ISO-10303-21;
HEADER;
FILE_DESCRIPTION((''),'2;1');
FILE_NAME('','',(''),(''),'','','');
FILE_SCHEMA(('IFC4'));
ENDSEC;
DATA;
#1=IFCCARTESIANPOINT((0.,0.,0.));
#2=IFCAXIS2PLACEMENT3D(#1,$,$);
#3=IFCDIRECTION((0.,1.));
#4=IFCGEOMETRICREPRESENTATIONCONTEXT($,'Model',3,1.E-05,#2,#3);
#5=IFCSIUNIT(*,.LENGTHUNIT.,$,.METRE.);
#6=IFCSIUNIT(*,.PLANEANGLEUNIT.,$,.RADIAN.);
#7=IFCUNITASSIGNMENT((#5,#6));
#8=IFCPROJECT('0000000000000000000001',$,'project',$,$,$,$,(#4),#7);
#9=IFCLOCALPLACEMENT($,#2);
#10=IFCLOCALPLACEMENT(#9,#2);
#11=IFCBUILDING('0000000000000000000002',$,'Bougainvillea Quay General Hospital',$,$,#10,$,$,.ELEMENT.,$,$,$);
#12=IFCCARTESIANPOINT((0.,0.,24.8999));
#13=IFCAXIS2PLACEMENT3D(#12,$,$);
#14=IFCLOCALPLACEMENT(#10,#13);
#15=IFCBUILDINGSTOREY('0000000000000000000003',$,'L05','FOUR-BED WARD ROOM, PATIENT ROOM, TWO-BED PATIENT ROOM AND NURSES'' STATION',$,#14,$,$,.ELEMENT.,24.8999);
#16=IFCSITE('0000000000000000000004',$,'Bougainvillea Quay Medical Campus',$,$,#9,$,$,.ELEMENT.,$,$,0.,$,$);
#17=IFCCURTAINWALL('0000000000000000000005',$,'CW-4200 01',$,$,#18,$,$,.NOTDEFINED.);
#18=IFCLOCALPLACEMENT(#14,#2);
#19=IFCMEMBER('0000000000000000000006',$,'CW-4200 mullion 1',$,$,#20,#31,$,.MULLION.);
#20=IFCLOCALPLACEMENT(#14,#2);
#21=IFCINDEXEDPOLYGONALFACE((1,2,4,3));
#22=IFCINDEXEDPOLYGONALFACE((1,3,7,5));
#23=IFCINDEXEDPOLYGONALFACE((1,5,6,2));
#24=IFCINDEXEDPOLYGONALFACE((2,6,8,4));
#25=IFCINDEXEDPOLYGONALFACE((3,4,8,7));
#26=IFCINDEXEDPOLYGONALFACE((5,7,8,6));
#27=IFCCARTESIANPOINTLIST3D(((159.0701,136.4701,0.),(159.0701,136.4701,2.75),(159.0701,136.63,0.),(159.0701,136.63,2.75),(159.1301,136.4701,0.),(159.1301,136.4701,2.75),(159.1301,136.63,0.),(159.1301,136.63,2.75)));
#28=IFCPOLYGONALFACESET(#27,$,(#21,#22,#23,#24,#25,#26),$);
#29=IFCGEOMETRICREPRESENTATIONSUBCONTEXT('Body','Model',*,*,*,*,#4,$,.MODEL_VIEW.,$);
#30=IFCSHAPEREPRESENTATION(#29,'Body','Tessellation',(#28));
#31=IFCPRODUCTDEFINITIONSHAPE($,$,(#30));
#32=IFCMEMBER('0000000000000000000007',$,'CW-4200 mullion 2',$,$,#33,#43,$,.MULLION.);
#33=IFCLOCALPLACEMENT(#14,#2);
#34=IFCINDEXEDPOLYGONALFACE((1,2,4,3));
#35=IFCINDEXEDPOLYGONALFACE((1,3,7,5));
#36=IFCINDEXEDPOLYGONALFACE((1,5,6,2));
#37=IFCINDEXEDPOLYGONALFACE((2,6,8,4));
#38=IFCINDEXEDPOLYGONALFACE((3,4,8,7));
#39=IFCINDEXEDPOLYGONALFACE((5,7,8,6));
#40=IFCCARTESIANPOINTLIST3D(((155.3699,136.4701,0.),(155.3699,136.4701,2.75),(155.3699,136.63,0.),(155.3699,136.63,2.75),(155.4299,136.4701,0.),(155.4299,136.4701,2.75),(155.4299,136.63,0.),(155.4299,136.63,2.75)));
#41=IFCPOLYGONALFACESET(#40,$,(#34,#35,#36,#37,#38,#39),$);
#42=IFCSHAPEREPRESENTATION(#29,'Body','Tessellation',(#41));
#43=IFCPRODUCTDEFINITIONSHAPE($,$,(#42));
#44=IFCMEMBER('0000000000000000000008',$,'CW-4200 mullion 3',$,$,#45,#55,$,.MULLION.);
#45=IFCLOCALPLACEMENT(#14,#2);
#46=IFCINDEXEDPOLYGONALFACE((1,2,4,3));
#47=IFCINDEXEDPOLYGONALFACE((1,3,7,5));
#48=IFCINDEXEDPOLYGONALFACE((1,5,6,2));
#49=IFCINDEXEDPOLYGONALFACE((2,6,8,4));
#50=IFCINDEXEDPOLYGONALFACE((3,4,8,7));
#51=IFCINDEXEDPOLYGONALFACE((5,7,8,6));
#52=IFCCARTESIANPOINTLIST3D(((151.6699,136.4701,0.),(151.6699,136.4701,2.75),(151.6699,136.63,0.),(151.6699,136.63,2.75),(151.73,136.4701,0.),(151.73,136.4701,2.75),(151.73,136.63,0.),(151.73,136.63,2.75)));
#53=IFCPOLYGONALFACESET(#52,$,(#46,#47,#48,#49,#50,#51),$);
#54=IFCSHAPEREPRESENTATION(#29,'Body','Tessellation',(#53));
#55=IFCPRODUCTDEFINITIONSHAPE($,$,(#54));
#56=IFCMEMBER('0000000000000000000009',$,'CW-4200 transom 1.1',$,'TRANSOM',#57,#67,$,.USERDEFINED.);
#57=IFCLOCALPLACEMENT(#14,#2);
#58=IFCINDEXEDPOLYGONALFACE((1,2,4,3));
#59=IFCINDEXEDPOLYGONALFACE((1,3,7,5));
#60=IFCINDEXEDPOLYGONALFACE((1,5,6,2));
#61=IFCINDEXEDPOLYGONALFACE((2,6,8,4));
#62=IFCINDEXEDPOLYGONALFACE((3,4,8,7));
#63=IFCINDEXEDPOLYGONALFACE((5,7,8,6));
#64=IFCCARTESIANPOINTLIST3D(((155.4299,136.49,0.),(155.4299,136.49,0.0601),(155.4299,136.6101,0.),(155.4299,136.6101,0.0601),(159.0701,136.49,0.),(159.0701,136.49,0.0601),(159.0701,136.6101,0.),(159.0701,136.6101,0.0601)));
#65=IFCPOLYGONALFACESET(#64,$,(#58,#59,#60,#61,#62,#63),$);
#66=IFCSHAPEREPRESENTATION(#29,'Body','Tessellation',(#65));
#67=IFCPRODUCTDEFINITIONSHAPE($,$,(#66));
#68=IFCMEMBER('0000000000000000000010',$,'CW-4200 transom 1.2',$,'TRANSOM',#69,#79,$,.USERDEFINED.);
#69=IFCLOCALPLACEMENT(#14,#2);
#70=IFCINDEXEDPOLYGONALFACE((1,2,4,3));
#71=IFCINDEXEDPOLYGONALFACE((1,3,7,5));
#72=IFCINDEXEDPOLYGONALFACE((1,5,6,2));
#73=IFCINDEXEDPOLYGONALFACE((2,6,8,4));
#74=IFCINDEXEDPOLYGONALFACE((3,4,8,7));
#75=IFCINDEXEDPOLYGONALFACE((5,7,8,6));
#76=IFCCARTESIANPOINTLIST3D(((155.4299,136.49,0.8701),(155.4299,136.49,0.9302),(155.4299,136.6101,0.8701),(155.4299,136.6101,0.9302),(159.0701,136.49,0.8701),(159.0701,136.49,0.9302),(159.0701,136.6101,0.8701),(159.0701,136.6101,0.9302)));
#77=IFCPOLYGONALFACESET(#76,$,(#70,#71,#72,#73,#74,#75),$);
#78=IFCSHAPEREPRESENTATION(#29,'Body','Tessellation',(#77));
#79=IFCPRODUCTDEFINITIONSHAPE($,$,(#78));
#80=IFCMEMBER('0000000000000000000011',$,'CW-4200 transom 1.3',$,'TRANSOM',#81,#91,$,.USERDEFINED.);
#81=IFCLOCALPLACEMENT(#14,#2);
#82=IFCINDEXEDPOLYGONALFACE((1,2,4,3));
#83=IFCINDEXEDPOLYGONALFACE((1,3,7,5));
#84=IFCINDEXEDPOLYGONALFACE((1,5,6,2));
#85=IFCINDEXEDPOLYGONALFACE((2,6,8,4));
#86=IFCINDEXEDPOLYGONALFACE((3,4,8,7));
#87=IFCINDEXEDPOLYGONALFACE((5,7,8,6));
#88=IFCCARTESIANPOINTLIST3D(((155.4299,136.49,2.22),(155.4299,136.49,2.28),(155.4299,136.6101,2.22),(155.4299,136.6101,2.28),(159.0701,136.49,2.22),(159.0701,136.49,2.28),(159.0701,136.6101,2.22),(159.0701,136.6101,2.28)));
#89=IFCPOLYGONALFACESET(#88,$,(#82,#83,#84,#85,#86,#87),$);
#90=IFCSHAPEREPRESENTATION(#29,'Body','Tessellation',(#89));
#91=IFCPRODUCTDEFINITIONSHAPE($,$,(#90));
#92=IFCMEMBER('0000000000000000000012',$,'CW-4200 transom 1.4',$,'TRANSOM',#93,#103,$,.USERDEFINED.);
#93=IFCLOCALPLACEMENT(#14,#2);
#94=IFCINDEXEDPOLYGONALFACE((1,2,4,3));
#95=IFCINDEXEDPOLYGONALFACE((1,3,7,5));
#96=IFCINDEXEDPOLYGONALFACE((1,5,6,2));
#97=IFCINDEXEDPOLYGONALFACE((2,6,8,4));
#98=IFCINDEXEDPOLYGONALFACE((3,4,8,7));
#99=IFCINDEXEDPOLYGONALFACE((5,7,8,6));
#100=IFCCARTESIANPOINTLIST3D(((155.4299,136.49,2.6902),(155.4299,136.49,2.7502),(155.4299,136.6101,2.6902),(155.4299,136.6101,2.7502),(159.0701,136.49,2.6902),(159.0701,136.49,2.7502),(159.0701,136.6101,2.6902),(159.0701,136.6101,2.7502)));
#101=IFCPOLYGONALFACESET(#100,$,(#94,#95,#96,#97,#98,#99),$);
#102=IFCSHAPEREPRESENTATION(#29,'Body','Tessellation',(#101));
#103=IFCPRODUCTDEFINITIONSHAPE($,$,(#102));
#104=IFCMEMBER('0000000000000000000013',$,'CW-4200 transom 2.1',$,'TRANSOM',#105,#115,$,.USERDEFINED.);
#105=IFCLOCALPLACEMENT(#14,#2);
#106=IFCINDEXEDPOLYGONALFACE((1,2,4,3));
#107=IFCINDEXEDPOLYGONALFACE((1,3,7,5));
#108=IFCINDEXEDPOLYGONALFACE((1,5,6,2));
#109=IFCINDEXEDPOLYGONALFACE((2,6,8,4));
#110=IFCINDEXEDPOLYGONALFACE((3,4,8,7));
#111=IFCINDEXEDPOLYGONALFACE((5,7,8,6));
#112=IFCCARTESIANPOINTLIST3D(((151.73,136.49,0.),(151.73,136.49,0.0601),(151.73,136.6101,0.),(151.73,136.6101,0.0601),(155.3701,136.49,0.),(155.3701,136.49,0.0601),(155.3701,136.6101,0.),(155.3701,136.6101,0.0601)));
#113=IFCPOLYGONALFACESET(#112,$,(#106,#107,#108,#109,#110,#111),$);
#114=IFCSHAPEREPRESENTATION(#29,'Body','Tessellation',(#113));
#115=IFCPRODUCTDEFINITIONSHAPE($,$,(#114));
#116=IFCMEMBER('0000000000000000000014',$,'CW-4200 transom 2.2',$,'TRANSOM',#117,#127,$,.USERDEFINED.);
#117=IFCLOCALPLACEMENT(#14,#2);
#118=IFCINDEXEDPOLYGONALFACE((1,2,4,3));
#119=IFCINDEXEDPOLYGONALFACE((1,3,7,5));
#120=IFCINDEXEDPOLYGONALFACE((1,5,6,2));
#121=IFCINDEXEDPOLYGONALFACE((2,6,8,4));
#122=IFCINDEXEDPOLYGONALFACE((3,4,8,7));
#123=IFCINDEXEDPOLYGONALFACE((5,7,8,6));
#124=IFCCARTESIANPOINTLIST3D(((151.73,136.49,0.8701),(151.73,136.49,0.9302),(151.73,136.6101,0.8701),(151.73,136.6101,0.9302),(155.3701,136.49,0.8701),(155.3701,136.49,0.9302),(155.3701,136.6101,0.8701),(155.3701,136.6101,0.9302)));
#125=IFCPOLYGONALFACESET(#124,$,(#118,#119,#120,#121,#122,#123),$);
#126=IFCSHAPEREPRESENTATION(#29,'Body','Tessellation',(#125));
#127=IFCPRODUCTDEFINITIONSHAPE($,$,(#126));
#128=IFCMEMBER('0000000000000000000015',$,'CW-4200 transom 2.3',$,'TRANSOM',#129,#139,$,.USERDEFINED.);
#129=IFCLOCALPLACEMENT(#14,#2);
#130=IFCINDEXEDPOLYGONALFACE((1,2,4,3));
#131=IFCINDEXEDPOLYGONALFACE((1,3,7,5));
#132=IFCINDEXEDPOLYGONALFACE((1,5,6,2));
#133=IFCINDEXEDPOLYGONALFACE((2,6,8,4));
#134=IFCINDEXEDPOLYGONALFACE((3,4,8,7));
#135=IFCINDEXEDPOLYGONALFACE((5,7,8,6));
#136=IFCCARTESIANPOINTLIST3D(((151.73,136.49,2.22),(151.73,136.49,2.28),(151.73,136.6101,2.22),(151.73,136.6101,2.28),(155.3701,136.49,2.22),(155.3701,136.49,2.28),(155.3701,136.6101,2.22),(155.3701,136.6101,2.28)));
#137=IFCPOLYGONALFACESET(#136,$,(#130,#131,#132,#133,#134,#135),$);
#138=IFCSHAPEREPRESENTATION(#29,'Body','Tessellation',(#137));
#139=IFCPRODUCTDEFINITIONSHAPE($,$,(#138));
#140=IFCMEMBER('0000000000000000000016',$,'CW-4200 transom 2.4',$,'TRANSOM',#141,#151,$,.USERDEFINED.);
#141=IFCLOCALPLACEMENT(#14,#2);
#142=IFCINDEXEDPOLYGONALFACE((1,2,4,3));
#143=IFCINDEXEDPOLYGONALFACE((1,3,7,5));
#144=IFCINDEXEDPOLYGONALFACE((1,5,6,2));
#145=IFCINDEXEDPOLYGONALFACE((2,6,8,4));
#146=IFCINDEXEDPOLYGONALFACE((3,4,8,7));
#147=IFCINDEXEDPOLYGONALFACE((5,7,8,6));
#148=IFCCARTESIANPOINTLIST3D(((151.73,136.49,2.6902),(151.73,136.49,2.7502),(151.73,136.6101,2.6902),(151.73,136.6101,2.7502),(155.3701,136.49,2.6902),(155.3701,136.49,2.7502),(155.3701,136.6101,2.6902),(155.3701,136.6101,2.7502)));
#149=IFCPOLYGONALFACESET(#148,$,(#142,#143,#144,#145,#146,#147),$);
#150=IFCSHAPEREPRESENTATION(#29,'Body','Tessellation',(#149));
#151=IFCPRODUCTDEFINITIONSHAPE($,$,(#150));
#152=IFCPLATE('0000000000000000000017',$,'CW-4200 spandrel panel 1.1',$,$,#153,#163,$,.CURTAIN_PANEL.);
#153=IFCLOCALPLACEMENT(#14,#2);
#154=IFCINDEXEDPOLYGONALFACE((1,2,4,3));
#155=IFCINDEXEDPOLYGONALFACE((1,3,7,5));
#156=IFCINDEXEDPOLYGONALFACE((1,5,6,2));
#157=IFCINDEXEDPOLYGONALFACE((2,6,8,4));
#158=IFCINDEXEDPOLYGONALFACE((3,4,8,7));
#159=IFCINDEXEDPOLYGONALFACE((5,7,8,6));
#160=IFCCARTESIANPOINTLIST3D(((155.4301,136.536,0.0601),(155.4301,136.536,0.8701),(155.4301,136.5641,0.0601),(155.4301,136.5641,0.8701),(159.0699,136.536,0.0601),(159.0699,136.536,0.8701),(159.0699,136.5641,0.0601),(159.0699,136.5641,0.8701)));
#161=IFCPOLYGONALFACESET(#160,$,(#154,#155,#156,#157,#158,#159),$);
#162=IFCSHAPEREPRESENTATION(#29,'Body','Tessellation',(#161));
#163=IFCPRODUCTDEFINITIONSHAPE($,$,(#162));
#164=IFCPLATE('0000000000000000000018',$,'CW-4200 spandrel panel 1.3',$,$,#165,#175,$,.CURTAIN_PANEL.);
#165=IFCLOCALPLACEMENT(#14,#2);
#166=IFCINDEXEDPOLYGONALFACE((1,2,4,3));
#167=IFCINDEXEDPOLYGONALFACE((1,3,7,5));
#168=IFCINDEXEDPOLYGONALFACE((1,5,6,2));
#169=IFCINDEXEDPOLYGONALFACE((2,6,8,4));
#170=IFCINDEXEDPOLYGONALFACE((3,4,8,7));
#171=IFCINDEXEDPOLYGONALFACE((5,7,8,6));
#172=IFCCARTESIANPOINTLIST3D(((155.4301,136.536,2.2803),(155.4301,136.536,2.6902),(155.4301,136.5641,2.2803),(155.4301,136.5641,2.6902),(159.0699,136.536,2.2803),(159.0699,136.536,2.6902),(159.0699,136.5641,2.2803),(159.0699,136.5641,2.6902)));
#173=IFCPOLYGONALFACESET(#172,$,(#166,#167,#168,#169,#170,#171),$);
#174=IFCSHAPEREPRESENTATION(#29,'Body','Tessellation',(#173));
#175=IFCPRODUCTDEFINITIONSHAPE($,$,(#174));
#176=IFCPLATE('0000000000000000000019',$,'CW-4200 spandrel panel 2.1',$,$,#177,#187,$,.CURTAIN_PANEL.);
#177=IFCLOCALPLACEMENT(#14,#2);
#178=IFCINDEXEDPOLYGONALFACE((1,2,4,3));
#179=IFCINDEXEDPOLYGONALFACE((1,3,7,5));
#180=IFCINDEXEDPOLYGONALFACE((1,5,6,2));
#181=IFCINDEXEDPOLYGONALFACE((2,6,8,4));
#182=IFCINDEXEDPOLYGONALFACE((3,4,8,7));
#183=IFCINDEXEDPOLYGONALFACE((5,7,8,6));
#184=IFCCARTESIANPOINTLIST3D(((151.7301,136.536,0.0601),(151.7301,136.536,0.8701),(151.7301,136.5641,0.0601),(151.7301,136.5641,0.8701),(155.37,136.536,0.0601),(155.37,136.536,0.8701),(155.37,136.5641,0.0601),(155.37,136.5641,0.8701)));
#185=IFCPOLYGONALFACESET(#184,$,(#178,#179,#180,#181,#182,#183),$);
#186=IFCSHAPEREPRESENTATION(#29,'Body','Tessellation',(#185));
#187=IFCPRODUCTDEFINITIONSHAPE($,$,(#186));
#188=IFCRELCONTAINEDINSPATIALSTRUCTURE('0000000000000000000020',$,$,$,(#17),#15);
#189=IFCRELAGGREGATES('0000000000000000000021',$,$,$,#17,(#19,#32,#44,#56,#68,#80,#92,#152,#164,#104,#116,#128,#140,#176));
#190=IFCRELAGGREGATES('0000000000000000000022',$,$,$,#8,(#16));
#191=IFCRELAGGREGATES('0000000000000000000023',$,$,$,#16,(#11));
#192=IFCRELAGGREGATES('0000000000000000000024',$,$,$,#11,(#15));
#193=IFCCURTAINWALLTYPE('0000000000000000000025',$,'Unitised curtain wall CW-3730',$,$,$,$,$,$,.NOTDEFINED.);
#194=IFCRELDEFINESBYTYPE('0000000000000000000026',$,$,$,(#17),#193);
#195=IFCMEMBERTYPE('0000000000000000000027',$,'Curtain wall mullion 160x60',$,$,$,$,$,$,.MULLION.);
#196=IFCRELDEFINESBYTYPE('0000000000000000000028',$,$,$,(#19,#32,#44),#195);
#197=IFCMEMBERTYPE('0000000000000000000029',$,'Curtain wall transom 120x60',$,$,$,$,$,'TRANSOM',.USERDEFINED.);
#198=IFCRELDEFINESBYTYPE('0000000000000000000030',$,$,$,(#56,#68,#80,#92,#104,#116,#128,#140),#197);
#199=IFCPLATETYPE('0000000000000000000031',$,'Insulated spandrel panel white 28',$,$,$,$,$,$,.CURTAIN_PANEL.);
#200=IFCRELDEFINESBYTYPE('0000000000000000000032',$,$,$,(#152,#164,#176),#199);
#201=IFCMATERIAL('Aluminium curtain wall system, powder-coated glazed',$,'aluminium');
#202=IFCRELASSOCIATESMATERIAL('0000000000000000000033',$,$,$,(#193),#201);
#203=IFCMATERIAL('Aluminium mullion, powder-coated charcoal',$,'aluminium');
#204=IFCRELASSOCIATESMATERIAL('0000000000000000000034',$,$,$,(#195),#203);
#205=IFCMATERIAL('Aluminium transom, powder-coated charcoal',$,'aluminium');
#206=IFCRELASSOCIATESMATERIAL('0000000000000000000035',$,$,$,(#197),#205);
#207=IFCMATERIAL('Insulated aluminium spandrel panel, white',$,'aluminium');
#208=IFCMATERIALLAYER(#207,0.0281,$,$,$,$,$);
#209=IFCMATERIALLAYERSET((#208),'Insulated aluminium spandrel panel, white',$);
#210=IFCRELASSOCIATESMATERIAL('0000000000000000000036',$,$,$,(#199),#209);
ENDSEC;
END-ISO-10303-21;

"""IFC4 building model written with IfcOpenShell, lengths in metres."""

from ifc_helpers import new_model, si_unit, direction, frame, origin, origin_2d, place, context, subcontext, project, spatial, rectangle, extrude, material, layer, layer_set, material_profile, profile_set, type_object, element, aggregate, save


model = new_model("IFC4")

# Units and contexts
model_context = context("Model", 3, precision=1e-05, world=origin(), true_north=direction((0.0, 1.0)))
body_context = subcontext(model_context, "Body", "Model", "MODEL_VIEW")
ifc_project = project(units=[si_unit("LENGTHUNIT", "METRE"), si_unit("PLANEANGLEUNIT", "RADIAN")], contexts=[model_context])

# Site, building, storey
site_placement = place(None, origin())
site = spatial("IfcSite", under=ifc_project, at=site_placement, Name="Bougainvillea Quay Medical Campus", CompositionType="ELEMENT", RefElevation=0.0)
building_placement = place(site_placement, origin())
building = spatial("IfcBuilding", under=site, at=building_placement, Name="Bougainvillea Quay General Hospital", CompositionType="ELEMENT")
storey_placement = place(building_placement, frame((0.0, 0.0, 24.8999)))
storey = spatial("IfcBuildingStorey", under=building, at=storey_placement, Name="L05", Description="FOUR-BED WARD ROOM, PATIENT ROOM, TWO-BED PATIENT ROOM AND NURSES' STATION", CompositionType="ELEMENT", Elevation=24.8999)

# Curtain wall, members, plates
ifc_material_1 = material(Name="Aluminium curtain wall system, powder-coated glazed", Category="aluminium")
curtain_wall_type = type_object("IfcCurtainWallType", Name="Unitised curtain wall CW-3730", PredefinedType="NOTDEFINED", material=ifc_material_1)
curtain_wall_placement = place(storey_placement, origin())
curtain_wall = element("IfcCurtainWall", 1, at=curtain_wall_placement, inside=storey, type_object=curtain_wall_type, Name="CW-4200 01", PredefinedType="NOTDEFINED")
ifc_material_2 = material(Name="Aluminium mullion, powder-coated charcoal", Category="aluminium")
ifc_material_profile_1 = material_profile(ifc_material_2, rectangle(XDim=0.1599, YDim=0.0601, at=origin_2d()))
ifc_profile_set_1 = profile_set([ifc_material_profile_1], Name="Aluminium mullion, powder-coated charcoal")
member_type_1 = type_object("IfcMemberType", Name="Curtain wall mullion 160x60", PredefinedType="MULLION", material=ifc_profile_set_1)
member_1_placement = place(storey_placement, frame((159.1001, 136.55, 0.0), z_axis=(0.0, 0.0, 1.0), x_axis=(0.0, -1.0, 0.0)))
member_1 = element("IfcMember", 2, at=member_1_placement, type_object=member_type_1, Name="CW-4200 mullion 1", PredefinedType="MULLION", context=body_context, shape_type="SweptSolid", body=[
    extrude(rectangle(XDim=0.1599, YDim=0.0601, at=origin_2d()), origin(), (0.0, 0.0, 1.0), 2.75),
])
member_2_placement = place(storey_placement, frame((155.3999, 136.55, 0.0), z_axis=(0.0, 0.0, 1.0), x_axis=(0.0, -1.0, 0.0)))
member_2 = element("IfcMember", 3, at=member_2_placement, type_object=member_type_1, Name="CW-4200 mullion 2", PredefinedType="MULLION", context=body_context, shape_type="SweptSolid", body=[
    extrude(rectangle(XDim=0.1599, YDim=0.0601, at=origin_2d()), origin(), (0.0, 0.0, 1.0), 2.75),
])
member_3_placement = place(storey_placement, frame((151.7, 136.55, 0.0), z_axis=(0.0, 0.0, 1.0), x_axis=(0.0, -1.0, 0.0)))
member_3 = element("IfcMember", 4, at=member_3_placement, type_object=member_type_1, Name="CW-4200 mullion 3", PredefinedType="MULLION", context=body_context, shape_type="SweptSolid", body=[
    extrude(rectangle(XDim=0.1599, YDim=0.0601, at=origin_2d()), origin(), (0.0, 0.0, 1.0), 2.75),
])
ifc_material_3 = material(Name="Aluminium transom, powder-coated charcoal", Category="aluminium")
ifc_material_profile_2 = material_profile(ifc_material_3, rectangle(XDim=0.1201, YDim=0.0601, at=origin_2d()))
ifc_profile_set_2 = profile_set([ifc_material_profile_2], Name="Aluminium transom, powder-coated charcoal")
member_type_2 = type_object("IfcMemberType", Name="Curtain wall transom 120x60", ElementType="TRANSOM", PredefinedType="USERDEFINED", material=ifc_profile_set_2)
member_4_placement = place(storey_placement, frame((159.0701, 136.55, 0.03), z_axis=(-1.0, 0.0, 0.0), x_axis=(0.0, -1.0, 0.0)))
member_4 = element("IfcMember", 5, at=member_4_placement, type_object=member_type_2, Name="CW-4200 transom 1.1", ObjectType="TRANSOM", PredefinedType="USERDEFINED", context=body_context, shape_type="SweptSolid", body=[
    extrude(rectangle(XDim=0.1201, YDim=0.0601, at=origin_2d()), origin(), (0.0, 0.0, 1.0), 3.6401),
])
member_5_placement = place(storey_placement, frame((159.0701, 136.55, 0.9001), z_axis=(-1.0, 0.0, 0.0), x_axis=(0.0, -1.0, 0.0)))
member_5 = element("IfcMember", 6, at=member_5_placement, type_object=member_type_2, Name="CW-4200 transom 1.2", ObjectType="TRANSOM", PredefinedType="USERDEFINED", context=body_context, shape_type="SweptSolid", body=[
    extrude(rectangle(XDim=0.1201, YDim=0.0601, at=origin_2d()), origin(), (0.0, 0.0, 1.0), 3.6401),
])
member_6_placement = place(storey_placement, frame((159.0701, 136.55, 2.25), z_axis=(-1.0, 0.0, 0.0), x_axis=(0.0, -1.0, 0.0)))
member_6 = element("IfcMember", 7, at=member_6_placement, type_object=member_type_2, Name="CW-4200 transom 1.3", ObjectType="TRANSOM", PredefinedType="USERDEFINED", context=body_context, shape_type="SweptSolid", body=[
    extrude(rectangle(XDim=0.1201, YDim=0.0601, at=origin_2d()), origin(), (0.0, 0.0, 1.0), 3.6401),
])
member_7_placement = place(storey_placement, frame((159.0701, 136.55, 2.7202), z_axis=(-1.0, 0.0, 0.0), x_axis=(0.0, -1.0, 0.0)))
member_7 = element("IfcMember", 8, at=member_7_placement, type_object=member_type_2, Name="CW-4200 transom 1.4", ObjectType="TRANSOM", PredefinedType="USERDEFINED", context=body_context, shape_type="SweptSolid", body=[
    extrude(rectangle(XDim=0.1201, YDim=0.0601, at=origin_2d()), origin(), (0.0, 0.0, 1.0), 3.6401),
])
member_8_placement = place(storey_placement, frame((155.3701, 136.55, 0.03), z_axis=(-1.0, 0.0, 0.0), x_axis=(0.0, -1.0, 0.0)))
member_8 = element("IfcMember", 9, at=member_8_placement, type_object=member_type_2, Name="CW-4200 transom 2.1", ObjectType="TRANSOM", PredefinedType="USERDEFINED", context=body_context, shape_type="SweptSolid", body=[
    extrude(rectangle(XDim=0.1201, YDim=0.0601, at=origin_2d()), origin(), (0.0, 0.0, 1.0), 3.6401),
])
member_9_placement = place(storey_placement, frame((155.3701, 136.55, 0.9001), z_axis=(-1.0, 0.0, 0.0), x_axis=(0.0, -1.0, 0.0)))
member_9 = element("IfcMember", 10, at=member_9_placement, type_object=member_type_2, Name="CW-4200 transom 2.2", ObjectType="TRANSOM", PredefinedType="USERDEFINED", context=body_context, shape_type="SweptSolid", body=[
    extrude(rectangle(XDim=0.1201, YDim=0.0601, at=origin_2d()), origin(), (0.0, 0.0, 1.0), 3.6401),
])
member_10_placement = place(storey_placement, frame((155.3701, 136.55, 2.25), z_axis=(-1.0, 0.0, 0.0), x_axis=(0.0, -1.0, 0.0)))
member_10 = element("IfcMember", 11, at=member_10_placement, type_object=member_type_2, Name="CW-4200 transom 2.3", ObjectType="TRANSOM", PredefinedType="USERDEFINED", context=body_context, shape_type="SweptSolid", body=[
    extrude(rectangle(XDim=0.1201, YDim=0.0601, at=origin_2d()), origin(), (0.0, 0.0, 1.0), 3.6401),
])
member_11_placement = place(storey_placement, frame((155.3701, 136.55, 2.7202), z_axis=(-1.0, 0.0, 0.0), x_axis=(0.0, -1.0, 0.0)))
member_11 = element("IfcMember", 12, at=member_11_placement, type_object=member_type_2, Name="CW-4200 transom 2.4", ObjectType="TRANSOM", PredefinedType="USERDEFINED", context=body_context, shape_type="SweptSolid", body=[
    extrude(rectangle(XDim=0.1201, YDim=0.0601, at=origin_2d()), origin(), (0.0, 0.0, 1.0), 3.6401),
])
ifc_material_4 = material(Name="Insulated aluminium spandrel panel, white", Category="aluminium")
ifc_layer_1 = layer(ifc_material_4, 0.0281)
ifc_layer_set_1 = layer_set([ifc_layer_1], Name="Insulated aluminium spandrel panel, white")
plate_type_1 = type_object("IfcPlateType", Name="Insulated spandrel panel white 28", PredefinedType="CURTAIN_PANEL", material=ifc_layer_set_1)
plate_1_placement = place(storey_placement, frame((157.25, 136.55, 0.0601), z_axis=(0.0, 0.0, 1.0), x_axis=(-1.0, 0.0, 0.0)))
plate_1 = element("IfcPlate", 13, at=plate_1_placement, type_object=plate_type_1, Name="CW-4200 spandrel panel 1.1", PredefinedType="CURTAIN_PANEL", context=body_context, shape_type="SweptSolid", body=[
    extrude(rectangle(XDim=3.6399, YDim=0.0281, at=origin_2d()), origin(), (0.0, 0.0, 1.0), 0.8101),
])
plate_2_placement = place(storey_placement, frame((157.25, 136.55, 2.2803), z_axis=(0.0, 0.0, 1.0), x_axis=(-1.0, 0.0, 0.0)))
plate_2 = element("IfcPlate", 14, at=plate_2_placement, type_object=plate_type_1, Name="CW-4200 spandrel panel 1.3", PredefinedType="CURTAIN_PANEL", context=body_context, shape_type="SweptSolid", body=[
    extrude(rectangle(XDim=3.6399, YDim=0.0281, at=origin_2d()), origin(), (0.0, 0.0, 1.0), 0.4099),
])
plate_3_placement = place(storey_placement, frame((153.55, 136.55, 0.0601), z_axis=(0.0, 0.0, 1.0), x_axis=(-1.0, 0.0, 0.0)))
plate_3 = element("IfcPlate", 15, at=plate_3_placement, type_object=plate_type_1, Name="CW-4200 spandrel panel 2.1", PredefinedType="CURTAIN_PANEL", context=body_context, shape_type="SweptSolid", body=[
    extrude(rectangle(XDim=3.6399, YDim=0.0281, at=origin_2d()), origin(), (0.0, 0.0, 1.0), 0.8101),
])
aggregate(curtain_wall, [member_1, member_2, member_3, member_4, member_5, member_6, member_7, plate_1, plate_2, member_8, member_9, member_10, member_11, plate_3])

save(model, "model.ifc")
